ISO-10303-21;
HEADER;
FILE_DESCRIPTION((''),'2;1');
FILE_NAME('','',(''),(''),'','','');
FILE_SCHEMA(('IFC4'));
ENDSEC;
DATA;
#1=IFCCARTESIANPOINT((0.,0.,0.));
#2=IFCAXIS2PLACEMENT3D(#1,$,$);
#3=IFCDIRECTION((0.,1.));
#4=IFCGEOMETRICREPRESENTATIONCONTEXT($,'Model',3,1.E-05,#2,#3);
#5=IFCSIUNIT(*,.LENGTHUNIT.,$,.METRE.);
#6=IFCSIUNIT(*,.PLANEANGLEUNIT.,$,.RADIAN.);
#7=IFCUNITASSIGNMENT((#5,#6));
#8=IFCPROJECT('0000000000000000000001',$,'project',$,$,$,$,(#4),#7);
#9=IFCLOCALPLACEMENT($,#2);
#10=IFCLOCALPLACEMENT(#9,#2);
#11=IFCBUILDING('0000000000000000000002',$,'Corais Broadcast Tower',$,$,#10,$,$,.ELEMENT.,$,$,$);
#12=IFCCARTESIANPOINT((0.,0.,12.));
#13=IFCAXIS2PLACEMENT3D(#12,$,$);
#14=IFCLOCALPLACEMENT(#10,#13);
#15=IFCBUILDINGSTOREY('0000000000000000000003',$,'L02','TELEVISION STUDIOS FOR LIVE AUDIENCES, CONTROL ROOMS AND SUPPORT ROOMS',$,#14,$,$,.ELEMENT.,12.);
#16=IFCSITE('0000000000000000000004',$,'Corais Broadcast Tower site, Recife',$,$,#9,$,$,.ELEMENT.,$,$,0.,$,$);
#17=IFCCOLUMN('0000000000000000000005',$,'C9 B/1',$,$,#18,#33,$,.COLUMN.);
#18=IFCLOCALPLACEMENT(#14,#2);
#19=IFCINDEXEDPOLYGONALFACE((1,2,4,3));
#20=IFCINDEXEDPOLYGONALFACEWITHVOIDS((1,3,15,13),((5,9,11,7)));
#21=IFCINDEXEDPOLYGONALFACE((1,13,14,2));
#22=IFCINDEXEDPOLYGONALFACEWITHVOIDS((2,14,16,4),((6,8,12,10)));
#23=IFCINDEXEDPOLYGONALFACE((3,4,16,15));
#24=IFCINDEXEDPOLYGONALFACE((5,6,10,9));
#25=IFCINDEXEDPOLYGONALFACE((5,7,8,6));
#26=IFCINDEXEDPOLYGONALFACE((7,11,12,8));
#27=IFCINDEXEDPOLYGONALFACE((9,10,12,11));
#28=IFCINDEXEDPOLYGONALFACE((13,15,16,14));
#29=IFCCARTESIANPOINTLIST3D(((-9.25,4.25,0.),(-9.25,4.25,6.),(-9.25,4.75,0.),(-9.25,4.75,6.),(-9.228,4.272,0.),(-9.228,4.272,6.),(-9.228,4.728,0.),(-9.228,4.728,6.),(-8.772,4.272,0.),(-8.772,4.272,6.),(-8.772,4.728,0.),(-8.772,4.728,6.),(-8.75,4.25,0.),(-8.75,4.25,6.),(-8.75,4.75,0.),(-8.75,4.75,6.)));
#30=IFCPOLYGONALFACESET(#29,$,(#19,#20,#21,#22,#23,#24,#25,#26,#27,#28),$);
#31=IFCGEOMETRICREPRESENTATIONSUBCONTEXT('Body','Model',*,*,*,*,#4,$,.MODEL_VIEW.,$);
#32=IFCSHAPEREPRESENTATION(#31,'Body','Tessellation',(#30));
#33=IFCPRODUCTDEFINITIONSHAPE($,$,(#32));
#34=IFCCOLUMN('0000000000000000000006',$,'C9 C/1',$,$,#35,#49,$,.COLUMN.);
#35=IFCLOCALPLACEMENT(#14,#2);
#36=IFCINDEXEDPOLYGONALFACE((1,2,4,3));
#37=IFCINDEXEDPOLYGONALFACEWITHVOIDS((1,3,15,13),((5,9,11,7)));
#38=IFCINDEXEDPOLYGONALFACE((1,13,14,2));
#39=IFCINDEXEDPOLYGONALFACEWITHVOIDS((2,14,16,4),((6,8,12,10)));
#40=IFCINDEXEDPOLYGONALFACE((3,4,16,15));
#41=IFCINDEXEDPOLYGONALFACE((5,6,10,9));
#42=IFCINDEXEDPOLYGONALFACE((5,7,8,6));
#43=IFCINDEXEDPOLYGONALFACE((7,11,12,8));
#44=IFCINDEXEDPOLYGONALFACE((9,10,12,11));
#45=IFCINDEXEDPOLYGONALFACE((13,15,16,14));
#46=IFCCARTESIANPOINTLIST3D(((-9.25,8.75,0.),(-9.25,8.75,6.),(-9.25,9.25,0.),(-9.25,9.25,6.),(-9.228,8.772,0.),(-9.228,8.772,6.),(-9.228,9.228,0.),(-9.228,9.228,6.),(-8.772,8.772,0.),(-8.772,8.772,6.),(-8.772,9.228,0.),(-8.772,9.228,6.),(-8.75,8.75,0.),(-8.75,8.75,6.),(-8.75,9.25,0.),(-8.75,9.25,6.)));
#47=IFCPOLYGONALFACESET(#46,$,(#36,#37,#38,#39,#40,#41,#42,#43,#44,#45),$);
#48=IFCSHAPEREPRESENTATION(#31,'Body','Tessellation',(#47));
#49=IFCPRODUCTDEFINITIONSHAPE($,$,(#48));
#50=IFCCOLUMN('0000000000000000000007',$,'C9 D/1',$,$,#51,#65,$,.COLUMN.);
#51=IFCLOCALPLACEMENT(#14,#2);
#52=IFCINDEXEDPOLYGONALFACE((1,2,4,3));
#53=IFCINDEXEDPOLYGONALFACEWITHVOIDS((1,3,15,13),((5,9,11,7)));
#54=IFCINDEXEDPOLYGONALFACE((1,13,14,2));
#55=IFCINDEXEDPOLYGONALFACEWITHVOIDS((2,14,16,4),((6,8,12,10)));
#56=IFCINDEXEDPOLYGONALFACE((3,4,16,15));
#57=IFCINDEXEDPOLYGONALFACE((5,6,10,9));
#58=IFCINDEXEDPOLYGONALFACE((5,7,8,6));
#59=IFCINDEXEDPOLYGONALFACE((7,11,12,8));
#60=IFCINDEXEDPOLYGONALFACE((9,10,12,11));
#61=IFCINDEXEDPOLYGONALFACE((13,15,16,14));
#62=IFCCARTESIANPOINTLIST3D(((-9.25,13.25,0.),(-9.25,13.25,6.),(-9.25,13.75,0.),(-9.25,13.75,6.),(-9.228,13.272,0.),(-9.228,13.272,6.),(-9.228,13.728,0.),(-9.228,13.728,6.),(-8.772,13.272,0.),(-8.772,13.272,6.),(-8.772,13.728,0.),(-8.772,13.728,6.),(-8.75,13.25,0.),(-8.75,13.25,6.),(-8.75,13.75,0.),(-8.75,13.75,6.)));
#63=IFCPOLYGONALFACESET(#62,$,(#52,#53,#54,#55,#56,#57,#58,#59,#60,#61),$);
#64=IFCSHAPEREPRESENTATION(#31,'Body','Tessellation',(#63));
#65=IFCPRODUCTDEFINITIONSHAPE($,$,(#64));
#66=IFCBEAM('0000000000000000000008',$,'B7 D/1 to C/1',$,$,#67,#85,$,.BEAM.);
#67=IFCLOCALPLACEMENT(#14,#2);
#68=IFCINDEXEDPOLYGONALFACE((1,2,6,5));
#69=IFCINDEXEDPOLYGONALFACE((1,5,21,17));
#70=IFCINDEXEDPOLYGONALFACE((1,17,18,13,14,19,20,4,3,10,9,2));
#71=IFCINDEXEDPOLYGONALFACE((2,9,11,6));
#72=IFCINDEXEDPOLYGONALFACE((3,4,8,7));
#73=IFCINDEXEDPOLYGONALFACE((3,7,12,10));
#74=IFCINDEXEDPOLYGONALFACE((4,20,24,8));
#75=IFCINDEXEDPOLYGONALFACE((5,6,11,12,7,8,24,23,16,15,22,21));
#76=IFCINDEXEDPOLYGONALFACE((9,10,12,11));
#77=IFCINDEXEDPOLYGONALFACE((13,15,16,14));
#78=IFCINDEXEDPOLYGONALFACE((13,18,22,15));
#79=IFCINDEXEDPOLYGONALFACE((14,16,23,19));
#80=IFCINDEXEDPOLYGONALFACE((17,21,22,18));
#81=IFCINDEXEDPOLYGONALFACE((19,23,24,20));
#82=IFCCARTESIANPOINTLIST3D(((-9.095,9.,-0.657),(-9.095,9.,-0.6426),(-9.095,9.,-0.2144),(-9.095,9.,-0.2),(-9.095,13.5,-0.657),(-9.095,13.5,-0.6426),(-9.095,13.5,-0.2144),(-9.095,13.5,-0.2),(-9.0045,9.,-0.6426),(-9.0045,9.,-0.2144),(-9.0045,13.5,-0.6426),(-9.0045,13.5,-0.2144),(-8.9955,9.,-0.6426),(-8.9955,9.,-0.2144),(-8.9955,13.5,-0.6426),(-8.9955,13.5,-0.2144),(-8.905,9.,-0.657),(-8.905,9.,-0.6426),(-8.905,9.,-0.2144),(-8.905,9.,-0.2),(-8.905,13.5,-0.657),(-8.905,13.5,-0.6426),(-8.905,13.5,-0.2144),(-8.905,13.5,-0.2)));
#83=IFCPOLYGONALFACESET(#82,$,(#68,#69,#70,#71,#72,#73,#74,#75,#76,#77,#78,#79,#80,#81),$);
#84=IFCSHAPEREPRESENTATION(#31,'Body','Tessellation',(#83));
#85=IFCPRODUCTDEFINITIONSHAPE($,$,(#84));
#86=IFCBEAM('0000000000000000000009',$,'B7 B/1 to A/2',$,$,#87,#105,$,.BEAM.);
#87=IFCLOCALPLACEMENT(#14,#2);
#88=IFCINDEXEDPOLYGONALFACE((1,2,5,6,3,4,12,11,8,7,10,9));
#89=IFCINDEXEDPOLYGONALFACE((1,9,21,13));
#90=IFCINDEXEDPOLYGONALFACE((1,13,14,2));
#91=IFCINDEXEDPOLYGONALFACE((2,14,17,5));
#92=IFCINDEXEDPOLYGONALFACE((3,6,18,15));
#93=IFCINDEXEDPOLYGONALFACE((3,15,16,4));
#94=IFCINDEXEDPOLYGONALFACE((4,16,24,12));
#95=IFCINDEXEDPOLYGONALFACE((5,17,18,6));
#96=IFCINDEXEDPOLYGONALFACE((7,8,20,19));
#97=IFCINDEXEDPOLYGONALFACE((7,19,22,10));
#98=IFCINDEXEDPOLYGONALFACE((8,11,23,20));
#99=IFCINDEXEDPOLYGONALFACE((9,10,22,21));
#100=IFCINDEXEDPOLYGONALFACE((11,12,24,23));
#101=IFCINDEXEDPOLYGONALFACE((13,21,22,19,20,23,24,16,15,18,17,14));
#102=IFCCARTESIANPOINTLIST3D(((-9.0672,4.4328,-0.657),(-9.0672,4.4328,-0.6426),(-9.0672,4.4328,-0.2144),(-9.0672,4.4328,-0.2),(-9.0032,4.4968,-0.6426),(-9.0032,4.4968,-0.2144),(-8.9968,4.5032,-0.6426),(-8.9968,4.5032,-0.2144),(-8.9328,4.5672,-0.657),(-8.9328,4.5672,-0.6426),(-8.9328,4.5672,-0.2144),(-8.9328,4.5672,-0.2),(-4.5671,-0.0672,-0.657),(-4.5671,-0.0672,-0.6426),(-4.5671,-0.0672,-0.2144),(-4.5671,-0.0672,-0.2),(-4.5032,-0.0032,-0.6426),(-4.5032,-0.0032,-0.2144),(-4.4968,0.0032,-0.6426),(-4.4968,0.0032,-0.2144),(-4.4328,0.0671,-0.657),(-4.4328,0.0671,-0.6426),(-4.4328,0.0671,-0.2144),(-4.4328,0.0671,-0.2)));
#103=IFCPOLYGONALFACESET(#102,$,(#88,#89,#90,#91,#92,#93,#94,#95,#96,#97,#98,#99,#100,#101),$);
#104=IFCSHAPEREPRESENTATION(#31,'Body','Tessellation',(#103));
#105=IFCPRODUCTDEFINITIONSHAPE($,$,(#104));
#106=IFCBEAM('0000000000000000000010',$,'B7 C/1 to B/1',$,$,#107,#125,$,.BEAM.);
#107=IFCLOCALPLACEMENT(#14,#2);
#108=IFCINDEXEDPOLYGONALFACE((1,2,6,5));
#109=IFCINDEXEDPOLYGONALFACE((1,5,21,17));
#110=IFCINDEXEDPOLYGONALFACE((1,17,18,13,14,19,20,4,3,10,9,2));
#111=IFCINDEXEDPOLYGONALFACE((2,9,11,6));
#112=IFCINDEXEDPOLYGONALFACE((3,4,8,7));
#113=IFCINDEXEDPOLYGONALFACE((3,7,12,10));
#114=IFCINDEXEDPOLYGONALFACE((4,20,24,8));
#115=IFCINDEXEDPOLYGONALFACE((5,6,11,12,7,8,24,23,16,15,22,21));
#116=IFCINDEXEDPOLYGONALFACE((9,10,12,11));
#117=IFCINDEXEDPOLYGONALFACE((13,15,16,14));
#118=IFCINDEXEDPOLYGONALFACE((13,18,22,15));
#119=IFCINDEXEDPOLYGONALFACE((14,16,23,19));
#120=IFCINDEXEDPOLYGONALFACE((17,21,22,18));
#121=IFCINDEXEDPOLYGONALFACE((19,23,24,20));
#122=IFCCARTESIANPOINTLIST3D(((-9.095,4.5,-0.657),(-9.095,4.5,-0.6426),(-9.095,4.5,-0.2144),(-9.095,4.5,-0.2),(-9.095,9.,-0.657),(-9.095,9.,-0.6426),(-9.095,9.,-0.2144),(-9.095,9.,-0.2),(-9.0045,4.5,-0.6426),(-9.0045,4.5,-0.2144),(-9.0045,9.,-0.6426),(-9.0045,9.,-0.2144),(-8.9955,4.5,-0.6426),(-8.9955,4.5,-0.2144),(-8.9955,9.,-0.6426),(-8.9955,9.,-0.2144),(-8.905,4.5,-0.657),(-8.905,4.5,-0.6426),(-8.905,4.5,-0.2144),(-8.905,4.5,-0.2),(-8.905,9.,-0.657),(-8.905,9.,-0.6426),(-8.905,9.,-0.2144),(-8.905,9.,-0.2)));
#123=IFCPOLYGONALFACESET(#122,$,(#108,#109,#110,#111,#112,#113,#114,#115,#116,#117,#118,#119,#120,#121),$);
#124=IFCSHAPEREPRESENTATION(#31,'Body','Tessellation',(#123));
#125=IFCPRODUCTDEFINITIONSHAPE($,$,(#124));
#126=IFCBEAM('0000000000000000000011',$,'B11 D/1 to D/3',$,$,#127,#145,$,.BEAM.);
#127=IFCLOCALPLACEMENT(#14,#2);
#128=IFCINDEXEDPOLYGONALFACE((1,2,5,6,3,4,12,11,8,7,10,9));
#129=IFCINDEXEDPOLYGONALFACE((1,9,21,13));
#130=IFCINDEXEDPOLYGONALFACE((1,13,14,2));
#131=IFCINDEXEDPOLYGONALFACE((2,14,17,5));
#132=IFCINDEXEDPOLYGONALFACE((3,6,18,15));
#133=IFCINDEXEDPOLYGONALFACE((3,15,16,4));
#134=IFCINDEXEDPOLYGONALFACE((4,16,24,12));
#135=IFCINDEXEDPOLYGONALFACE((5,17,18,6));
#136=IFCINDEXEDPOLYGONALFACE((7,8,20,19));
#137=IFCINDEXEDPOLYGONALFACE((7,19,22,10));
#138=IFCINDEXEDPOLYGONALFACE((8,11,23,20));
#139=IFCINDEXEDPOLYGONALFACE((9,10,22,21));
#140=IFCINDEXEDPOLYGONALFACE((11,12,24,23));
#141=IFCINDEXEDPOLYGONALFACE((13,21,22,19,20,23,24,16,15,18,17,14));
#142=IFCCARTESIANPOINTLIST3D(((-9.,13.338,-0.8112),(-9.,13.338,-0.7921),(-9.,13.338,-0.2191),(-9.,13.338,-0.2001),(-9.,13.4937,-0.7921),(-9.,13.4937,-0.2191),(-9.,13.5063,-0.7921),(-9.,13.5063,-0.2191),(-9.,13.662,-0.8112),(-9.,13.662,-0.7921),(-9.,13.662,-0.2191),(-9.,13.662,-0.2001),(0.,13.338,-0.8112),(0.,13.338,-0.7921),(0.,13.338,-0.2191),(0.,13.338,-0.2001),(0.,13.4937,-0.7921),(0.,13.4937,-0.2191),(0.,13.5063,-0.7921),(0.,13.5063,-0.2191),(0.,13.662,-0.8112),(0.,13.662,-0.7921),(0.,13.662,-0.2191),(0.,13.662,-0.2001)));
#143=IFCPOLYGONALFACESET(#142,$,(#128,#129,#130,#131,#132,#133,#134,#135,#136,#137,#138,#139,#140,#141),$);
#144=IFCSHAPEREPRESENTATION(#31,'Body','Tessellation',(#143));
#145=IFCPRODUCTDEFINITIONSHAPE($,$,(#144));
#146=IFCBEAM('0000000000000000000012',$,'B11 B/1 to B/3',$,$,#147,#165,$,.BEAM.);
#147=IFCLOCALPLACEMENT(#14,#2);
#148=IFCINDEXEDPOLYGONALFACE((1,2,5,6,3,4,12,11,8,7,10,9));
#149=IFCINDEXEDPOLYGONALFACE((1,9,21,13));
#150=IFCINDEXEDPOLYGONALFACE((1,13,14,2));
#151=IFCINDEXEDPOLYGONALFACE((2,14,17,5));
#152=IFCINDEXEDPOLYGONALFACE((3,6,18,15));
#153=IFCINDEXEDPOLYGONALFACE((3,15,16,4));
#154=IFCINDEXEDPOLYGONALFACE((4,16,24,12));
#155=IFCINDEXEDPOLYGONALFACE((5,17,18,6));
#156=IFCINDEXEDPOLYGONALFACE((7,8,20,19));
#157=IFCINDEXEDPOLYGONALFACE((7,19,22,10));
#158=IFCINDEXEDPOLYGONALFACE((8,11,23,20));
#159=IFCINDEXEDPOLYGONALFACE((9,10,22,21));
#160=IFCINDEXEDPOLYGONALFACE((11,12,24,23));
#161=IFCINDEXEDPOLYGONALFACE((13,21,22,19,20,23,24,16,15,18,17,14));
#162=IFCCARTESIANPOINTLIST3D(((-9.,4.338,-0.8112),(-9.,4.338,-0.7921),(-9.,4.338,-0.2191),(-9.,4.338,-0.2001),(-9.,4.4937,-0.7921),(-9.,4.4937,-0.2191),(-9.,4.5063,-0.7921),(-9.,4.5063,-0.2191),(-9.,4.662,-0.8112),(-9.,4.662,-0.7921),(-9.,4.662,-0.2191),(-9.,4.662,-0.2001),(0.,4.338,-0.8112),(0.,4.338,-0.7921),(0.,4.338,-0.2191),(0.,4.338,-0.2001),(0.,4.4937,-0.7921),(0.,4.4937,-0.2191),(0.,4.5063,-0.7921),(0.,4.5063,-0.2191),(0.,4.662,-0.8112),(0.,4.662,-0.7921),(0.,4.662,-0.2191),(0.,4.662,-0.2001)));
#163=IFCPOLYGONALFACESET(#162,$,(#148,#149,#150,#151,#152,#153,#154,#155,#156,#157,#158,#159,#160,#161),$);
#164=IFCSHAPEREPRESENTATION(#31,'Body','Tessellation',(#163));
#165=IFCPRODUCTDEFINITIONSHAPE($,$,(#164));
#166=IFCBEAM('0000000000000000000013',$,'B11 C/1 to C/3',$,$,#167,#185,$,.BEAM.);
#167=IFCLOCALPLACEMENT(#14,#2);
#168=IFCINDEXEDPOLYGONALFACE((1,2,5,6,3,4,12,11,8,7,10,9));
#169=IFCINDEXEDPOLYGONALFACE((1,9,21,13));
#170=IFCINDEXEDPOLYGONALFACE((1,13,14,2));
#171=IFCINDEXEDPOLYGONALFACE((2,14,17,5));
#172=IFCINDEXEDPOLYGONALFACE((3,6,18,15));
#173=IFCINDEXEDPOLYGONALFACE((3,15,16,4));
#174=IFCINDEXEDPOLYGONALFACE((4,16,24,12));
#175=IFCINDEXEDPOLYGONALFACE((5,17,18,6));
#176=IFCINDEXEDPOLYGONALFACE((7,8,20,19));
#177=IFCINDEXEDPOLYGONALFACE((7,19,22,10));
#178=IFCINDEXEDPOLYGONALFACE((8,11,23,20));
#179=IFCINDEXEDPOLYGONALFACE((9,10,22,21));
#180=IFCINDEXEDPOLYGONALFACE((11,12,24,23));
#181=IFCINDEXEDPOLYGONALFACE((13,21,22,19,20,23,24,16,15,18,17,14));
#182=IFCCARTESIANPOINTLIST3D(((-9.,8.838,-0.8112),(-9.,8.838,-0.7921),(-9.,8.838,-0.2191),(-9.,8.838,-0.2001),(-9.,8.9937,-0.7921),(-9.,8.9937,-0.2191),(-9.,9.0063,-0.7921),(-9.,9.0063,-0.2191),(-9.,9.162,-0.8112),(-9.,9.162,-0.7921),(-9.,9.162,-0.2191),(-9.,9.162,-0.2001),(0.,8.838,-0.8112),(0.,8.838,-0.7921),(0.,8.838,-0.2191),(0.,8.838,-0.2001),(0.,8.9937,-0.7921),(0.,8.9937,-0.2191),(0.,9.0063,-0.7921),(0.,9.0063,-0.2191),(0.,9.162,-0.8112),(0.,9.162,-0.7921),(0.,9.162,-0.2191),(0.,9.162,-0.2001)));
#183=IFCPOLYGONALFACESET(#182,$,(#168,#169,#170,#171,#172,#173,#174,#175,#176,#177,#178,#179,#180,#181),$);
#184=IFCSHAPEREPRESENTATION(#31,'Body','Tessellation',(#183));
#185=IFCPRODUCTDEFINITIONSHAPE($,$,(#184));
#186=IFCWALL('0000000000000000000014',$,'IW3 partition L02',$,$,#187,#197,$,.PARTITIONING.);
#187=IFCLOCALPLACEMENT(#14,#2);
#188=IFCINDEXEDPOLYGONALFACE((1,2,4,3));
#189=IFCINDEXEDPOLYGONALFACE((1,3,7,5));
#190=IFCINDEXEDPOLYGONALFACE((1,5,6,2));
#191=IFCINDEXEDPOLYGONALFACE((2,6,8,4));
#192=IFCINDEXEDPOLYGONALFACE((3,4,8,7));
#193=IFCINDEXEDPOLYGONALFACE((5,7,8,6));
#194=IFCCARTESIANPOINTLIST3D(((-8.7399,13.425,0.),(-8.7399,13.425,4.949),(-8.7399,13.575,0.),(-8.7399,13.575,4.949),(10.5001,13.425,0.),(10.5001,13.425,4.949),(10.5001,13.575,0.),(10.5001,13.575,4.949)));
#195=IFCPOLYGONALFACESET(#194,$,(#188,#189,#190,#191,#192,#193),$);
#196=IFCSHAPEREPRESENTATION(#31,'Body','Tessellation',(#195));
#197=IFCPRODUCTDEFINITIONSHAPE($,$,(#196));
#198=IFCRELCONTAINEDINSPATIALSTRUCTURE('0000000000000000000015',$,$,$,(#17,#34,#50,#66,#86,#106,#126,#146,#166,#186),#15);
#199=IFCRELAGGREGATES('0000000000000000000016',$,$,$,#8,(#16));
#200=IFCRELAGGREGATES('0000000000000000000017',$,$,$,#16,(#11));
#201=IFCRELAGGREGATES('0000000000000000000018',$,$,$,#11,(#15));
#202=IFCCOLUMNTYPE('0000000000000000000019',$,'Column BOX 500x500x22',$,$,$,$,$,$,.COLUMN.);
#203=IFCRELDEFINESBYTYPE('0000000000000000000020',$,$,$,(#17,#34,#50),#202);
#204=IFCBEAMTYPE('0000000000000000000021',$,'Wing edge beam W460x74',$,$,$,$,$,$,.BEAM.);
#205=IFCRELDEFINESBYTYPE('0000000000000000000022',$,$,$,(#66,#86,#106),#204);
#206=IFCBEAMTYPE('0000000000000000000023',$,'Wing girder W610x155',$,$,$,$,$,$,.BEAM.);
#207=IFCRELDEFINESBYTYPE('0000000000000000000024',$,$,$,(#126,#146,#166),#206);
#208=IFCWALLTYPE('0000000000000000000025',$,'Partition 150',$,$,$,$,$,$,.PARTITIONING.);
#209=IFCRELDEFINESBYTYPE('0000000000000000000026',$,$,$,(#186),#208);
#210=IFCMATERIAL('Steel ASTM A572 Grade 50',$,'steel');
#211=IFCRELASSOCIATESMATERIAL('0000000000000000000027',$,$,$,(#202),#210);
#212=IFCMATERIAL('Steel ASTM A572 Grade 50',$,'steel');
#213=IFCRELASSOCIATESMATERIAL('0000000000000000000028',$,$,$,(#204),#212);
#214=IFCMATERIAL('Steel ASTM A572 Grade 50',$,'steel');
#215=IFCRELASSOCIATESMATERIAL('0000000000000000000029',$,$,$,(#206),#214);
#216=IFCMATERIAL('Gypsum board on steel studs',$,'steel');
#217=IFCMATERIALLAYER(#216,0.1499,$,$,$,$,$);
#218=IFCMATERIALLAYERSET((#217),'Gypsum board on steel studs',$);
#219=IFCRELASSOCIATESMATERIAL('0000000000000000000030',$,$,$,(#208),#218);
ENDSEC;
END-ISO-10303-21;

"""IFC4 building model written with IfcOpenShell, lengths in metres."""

from ifc_helpers import new_model, si_unit, direction, frame, frame_2d, origin, origin_2d, place, context, subcontext, project, spatial, rectangle, hollow_rectangle, i_section, extrude, material, layer, layer_set, material_profile, profile_set, type_object, element, save


model = new_model("IFC4")

# Units and contexts
model_context = context("Model", 3, precision=1e-05, world=origin(), true_north=direction((0.0, 1.0)))
body_context = subcontext(model_context, "Body", "Model", "MODEL_VIEW")
ifc_project = project(units=[si_unit("LENGTHUNIT", "METRE"), si_unit("PLANEANGLEUNIT", "RADIAN")], contexts=[model_context])

# Site, building, storey
site_placement = place(None, origin())
site = spatial("IfcSite", under=ifc_project, at=site_placement, Name="Corais Broadcast Tower site, Recife", CompositionType="ELEMENT", RefElevation=0.0)
building_placement = place(site_placement, origin())
building = spatial("IfcBuilding", under=site, at=building_placement, Name="Corais Broadcast Tower", CompositionType="ELEMENT")
storey_placement = place(building_placement, frame((0.0, 0.0, 12.0)))
storey = spatial("IfcBuildingStorey", under=building, at=storey_placement, Name="L02", Description="TELEVISION STUDIOS FOR LIVE AUDIENCES, CONTROL ROOMS AND SUPPORT ROOMS", CompositionType="ELEMENT", Elevation=12.0)

# Columns
ifc_material_1 = material(Name="Steel ASTM A572 Grade 50", Category="steel")
ifc_material_profile_1 = material_profile(ifc_material_1, hollow_rectangle(XDim=0.5, YDim=0.5, WallThickness=0.022, at=origin_2d()), Name="BOX 500x500x22")
ifc_profile_set_1 = profile_set([ifc_material_profile_1], Name="Steel ASTM A572 Grade 50")
column_type = type_object("IfcColumnType", Name="Column BOX 500x500x22", PredefinedType="COLUMN", material=ifc_profile_set_1)
for number, where, z_axis, x_axis, name in (
    (1, (-9.0, 4.5, 0.0), (0.0, 0.0, 1.0), (1.0, 0.0, 0.0), "C9 B/1"),
    (2, (-9.0, 9.0, 0.0), (0.0, 0.0, 1.0), (1.0, 0.0, 0.0), "C9 C/1"),
    (3, (-9.0, 13.5, 0.0), (0.0, 0.0, 1.0), (1.0, 0.0, 0.0), "C9 D/1"),
):
    element("IfcColumn", number, at=place(storey_placement, frame(where, z_axis=z_axis, x_axis=x_axis)), inside=storey, type_object=column_type, Name=name, PredefinedType="COLUMN", context=body_context, shape_type="SweptSolid", body=[
        extrude(hollow_rectangle(XDim=0.5, YDim=0.5, WallThickness=0.022, at=origin_2d()), origin(), (0.0, 0.0, 1.0), 6.0),
    ])

# Beams
ifc_material_2 = material(Name="Steel ASTM A572 Grade 50", Category="steel")
ifc_material_profile_2 = material_profile(ifc_material_2, i_section(OverallWidth=0.1899, OverallDepth=0.457, WebThickness=0.009, FlangeThickness=0.0144, at=origin_2d()), Name="W460x74")
ifc_profile_set_2 = profile_set([ifc_material_profile_2], Name="Steel ASTM A572 Grade 50")
beam_type_1 = type_object("IfcBeamType", Name="Wing edge beam W460x74", PredefinedType="BEAM", material=ifc_profile_set_2)
beam_1_placement = place(storey_placement, frame((-9.0, 13.5, -0.4285), z_axis=(0.0, -1.0, 0.0), x_axis=(1.0, 0.0, 0.0)))
element("IfcBeam", 4, at=beam_1_placement, inside=storey, type_object=beam_type_1, Name="B7 D/1 to C/1", PredefinedType="BEAM", context=body_context, shape_type="SweptSolid", body=[
    extrude(i_section(OverallWidth=0.1899, OverallDepth=0.457, WebThickness=0.009, FlangeThickness=0.0144, at=origin_2d()), origin(), (0.0, 0.0, 1.0), 4.5),
])
beam_2_placement = place(storey_placement, frame((-9.0, 4.5, -0.4285), z_axis=(0.707107, -0.707107, 0.0), x_axis=(0.707107, 0.707107, 0.0)))
element("IfcBeam", 5, at=beam_2_placement, inside=storey, type_object=beam_type_1, Name="B7 B/1 to A/2", PredefinedType="BEAM", context=body_context, shape_type="SweptSolid", body=[
    extrude(i_section(OverallWidth=0.1899, OverallDepth=0.457, WebThickness=0.009, FlangeThickness=0.0144, at=origin_2d()), origin(), (0.0, 0.0, 1.0), 6.364),
])
beam_3_placement = place(storey_placement, frame((-9.0, 9.0, -0.4285), z_axis=(0.0, -1.0, 0.0), x_axis=(1.0, 0.0, 0.0)))
element("IfcBeam", 6, at=beam_3_placement, inside=storey, type_object=beam_type_1, Name="B7 C/1 to B/1", PredefinedType="BEAM", context=body_context, shape_type="SweptSolid", body=[
    extrude(i_section(OverallWidth=0.1899, OverallDepth=0.457, WebThickness=0.009, FlangeThickness=0.0144, at=origin_2d()), origin(), (0.0, 0.0, 1.0), 4.5),
])
ifc_material_3 = material(Name="Steel ASTM A572 Grade 50", Category="steel")
ifc_material_profile_3 = material_profile(ifc_material_3, i_section(OverallWidth=0.324, OverallDepth=0.6111, WebThickness=0.0127, FlangeThickness=0.019, at=origin_2d()), Name="W610x155")
ifc_profile_set_3 = profile_set([ifc_material_profile_3], Name="Steel ASTM A572 Grade 50")
beam_type_2 = type_object("IfcBeamType", Name="Wing girder W610x155", PredefinedType="BEAM", material=ifc_profile_set_3)
for number, where, z_axis, x_axis, name in (
    (7, (-9.0, 13.5, -0.5056), (1.0, 0.0, 0.0), (0.0, 1.0, 0.0), "B11 D/1 to D/3"),
    (8, (-9.0, 4.5, -0.5056), (1.0, 0.0, 0.0), (0.0, 1.0, 0.0), "B11 B/1 to B/3"),
    (9, (-9.0, 9.0, -0.5056), (1.0, 0.0, 0.0), (0.0, 1.0, 0.0), "B11 C/1 to C/3"),
):
    element("IfcBeam", number, at=place(storey_placement, frame(where, z_axis=z_axis, x_axis=x_axis)), inside=storey, type_object=beam_type_2, Name=name, PredefinedType="BEAM", context=body_context, shape_type="SweptSolid", body=[
        extrude(i_section(OverallWidth=0.324, OverallDepth=0.6111, WebThickness=0.0127, FlangeThickness=0.019, at=origin_2d()), origin(), (0.0, 0.0, 1.0), 9.0),
    ])

# Wall
ifc_material_4 = material(Name="Gypsum board on steel studs", Category="steel")
ifc_layer_1 = layer(ifc_material_4, 0.1499)
ifc_layer_set_1 = layer_set([ifc_layer_1], Name="Gypsum board on steel studs")
wall_type = type_object("IfcWallType", Name="Partition 150", PredefinedType="PARTITIONING", material=ifc_layer_set_1)
wall_placement = place(storey_placement, frame((-8.74, 13.5, 0.0), z_axis=(0.0, 0.0, 1.0), x_axis=(1.0, 0.0, 0.0)))
element("IfcWall", 10, at=wall_placement, inside=storey, type_object=wall_type, Name="IW3 partition L02", PredefinedType="PARTITIONING", context=body_context, shape_type="SweptSolid", body=[
    extrude(rectangle(XDim=19.24, YDim=0.1499, at=frame_2d((9.6201, 0.0))), origin(), (0.0, 0.0, 1.0), 4.949),
])

save(model, "model.ifc")
